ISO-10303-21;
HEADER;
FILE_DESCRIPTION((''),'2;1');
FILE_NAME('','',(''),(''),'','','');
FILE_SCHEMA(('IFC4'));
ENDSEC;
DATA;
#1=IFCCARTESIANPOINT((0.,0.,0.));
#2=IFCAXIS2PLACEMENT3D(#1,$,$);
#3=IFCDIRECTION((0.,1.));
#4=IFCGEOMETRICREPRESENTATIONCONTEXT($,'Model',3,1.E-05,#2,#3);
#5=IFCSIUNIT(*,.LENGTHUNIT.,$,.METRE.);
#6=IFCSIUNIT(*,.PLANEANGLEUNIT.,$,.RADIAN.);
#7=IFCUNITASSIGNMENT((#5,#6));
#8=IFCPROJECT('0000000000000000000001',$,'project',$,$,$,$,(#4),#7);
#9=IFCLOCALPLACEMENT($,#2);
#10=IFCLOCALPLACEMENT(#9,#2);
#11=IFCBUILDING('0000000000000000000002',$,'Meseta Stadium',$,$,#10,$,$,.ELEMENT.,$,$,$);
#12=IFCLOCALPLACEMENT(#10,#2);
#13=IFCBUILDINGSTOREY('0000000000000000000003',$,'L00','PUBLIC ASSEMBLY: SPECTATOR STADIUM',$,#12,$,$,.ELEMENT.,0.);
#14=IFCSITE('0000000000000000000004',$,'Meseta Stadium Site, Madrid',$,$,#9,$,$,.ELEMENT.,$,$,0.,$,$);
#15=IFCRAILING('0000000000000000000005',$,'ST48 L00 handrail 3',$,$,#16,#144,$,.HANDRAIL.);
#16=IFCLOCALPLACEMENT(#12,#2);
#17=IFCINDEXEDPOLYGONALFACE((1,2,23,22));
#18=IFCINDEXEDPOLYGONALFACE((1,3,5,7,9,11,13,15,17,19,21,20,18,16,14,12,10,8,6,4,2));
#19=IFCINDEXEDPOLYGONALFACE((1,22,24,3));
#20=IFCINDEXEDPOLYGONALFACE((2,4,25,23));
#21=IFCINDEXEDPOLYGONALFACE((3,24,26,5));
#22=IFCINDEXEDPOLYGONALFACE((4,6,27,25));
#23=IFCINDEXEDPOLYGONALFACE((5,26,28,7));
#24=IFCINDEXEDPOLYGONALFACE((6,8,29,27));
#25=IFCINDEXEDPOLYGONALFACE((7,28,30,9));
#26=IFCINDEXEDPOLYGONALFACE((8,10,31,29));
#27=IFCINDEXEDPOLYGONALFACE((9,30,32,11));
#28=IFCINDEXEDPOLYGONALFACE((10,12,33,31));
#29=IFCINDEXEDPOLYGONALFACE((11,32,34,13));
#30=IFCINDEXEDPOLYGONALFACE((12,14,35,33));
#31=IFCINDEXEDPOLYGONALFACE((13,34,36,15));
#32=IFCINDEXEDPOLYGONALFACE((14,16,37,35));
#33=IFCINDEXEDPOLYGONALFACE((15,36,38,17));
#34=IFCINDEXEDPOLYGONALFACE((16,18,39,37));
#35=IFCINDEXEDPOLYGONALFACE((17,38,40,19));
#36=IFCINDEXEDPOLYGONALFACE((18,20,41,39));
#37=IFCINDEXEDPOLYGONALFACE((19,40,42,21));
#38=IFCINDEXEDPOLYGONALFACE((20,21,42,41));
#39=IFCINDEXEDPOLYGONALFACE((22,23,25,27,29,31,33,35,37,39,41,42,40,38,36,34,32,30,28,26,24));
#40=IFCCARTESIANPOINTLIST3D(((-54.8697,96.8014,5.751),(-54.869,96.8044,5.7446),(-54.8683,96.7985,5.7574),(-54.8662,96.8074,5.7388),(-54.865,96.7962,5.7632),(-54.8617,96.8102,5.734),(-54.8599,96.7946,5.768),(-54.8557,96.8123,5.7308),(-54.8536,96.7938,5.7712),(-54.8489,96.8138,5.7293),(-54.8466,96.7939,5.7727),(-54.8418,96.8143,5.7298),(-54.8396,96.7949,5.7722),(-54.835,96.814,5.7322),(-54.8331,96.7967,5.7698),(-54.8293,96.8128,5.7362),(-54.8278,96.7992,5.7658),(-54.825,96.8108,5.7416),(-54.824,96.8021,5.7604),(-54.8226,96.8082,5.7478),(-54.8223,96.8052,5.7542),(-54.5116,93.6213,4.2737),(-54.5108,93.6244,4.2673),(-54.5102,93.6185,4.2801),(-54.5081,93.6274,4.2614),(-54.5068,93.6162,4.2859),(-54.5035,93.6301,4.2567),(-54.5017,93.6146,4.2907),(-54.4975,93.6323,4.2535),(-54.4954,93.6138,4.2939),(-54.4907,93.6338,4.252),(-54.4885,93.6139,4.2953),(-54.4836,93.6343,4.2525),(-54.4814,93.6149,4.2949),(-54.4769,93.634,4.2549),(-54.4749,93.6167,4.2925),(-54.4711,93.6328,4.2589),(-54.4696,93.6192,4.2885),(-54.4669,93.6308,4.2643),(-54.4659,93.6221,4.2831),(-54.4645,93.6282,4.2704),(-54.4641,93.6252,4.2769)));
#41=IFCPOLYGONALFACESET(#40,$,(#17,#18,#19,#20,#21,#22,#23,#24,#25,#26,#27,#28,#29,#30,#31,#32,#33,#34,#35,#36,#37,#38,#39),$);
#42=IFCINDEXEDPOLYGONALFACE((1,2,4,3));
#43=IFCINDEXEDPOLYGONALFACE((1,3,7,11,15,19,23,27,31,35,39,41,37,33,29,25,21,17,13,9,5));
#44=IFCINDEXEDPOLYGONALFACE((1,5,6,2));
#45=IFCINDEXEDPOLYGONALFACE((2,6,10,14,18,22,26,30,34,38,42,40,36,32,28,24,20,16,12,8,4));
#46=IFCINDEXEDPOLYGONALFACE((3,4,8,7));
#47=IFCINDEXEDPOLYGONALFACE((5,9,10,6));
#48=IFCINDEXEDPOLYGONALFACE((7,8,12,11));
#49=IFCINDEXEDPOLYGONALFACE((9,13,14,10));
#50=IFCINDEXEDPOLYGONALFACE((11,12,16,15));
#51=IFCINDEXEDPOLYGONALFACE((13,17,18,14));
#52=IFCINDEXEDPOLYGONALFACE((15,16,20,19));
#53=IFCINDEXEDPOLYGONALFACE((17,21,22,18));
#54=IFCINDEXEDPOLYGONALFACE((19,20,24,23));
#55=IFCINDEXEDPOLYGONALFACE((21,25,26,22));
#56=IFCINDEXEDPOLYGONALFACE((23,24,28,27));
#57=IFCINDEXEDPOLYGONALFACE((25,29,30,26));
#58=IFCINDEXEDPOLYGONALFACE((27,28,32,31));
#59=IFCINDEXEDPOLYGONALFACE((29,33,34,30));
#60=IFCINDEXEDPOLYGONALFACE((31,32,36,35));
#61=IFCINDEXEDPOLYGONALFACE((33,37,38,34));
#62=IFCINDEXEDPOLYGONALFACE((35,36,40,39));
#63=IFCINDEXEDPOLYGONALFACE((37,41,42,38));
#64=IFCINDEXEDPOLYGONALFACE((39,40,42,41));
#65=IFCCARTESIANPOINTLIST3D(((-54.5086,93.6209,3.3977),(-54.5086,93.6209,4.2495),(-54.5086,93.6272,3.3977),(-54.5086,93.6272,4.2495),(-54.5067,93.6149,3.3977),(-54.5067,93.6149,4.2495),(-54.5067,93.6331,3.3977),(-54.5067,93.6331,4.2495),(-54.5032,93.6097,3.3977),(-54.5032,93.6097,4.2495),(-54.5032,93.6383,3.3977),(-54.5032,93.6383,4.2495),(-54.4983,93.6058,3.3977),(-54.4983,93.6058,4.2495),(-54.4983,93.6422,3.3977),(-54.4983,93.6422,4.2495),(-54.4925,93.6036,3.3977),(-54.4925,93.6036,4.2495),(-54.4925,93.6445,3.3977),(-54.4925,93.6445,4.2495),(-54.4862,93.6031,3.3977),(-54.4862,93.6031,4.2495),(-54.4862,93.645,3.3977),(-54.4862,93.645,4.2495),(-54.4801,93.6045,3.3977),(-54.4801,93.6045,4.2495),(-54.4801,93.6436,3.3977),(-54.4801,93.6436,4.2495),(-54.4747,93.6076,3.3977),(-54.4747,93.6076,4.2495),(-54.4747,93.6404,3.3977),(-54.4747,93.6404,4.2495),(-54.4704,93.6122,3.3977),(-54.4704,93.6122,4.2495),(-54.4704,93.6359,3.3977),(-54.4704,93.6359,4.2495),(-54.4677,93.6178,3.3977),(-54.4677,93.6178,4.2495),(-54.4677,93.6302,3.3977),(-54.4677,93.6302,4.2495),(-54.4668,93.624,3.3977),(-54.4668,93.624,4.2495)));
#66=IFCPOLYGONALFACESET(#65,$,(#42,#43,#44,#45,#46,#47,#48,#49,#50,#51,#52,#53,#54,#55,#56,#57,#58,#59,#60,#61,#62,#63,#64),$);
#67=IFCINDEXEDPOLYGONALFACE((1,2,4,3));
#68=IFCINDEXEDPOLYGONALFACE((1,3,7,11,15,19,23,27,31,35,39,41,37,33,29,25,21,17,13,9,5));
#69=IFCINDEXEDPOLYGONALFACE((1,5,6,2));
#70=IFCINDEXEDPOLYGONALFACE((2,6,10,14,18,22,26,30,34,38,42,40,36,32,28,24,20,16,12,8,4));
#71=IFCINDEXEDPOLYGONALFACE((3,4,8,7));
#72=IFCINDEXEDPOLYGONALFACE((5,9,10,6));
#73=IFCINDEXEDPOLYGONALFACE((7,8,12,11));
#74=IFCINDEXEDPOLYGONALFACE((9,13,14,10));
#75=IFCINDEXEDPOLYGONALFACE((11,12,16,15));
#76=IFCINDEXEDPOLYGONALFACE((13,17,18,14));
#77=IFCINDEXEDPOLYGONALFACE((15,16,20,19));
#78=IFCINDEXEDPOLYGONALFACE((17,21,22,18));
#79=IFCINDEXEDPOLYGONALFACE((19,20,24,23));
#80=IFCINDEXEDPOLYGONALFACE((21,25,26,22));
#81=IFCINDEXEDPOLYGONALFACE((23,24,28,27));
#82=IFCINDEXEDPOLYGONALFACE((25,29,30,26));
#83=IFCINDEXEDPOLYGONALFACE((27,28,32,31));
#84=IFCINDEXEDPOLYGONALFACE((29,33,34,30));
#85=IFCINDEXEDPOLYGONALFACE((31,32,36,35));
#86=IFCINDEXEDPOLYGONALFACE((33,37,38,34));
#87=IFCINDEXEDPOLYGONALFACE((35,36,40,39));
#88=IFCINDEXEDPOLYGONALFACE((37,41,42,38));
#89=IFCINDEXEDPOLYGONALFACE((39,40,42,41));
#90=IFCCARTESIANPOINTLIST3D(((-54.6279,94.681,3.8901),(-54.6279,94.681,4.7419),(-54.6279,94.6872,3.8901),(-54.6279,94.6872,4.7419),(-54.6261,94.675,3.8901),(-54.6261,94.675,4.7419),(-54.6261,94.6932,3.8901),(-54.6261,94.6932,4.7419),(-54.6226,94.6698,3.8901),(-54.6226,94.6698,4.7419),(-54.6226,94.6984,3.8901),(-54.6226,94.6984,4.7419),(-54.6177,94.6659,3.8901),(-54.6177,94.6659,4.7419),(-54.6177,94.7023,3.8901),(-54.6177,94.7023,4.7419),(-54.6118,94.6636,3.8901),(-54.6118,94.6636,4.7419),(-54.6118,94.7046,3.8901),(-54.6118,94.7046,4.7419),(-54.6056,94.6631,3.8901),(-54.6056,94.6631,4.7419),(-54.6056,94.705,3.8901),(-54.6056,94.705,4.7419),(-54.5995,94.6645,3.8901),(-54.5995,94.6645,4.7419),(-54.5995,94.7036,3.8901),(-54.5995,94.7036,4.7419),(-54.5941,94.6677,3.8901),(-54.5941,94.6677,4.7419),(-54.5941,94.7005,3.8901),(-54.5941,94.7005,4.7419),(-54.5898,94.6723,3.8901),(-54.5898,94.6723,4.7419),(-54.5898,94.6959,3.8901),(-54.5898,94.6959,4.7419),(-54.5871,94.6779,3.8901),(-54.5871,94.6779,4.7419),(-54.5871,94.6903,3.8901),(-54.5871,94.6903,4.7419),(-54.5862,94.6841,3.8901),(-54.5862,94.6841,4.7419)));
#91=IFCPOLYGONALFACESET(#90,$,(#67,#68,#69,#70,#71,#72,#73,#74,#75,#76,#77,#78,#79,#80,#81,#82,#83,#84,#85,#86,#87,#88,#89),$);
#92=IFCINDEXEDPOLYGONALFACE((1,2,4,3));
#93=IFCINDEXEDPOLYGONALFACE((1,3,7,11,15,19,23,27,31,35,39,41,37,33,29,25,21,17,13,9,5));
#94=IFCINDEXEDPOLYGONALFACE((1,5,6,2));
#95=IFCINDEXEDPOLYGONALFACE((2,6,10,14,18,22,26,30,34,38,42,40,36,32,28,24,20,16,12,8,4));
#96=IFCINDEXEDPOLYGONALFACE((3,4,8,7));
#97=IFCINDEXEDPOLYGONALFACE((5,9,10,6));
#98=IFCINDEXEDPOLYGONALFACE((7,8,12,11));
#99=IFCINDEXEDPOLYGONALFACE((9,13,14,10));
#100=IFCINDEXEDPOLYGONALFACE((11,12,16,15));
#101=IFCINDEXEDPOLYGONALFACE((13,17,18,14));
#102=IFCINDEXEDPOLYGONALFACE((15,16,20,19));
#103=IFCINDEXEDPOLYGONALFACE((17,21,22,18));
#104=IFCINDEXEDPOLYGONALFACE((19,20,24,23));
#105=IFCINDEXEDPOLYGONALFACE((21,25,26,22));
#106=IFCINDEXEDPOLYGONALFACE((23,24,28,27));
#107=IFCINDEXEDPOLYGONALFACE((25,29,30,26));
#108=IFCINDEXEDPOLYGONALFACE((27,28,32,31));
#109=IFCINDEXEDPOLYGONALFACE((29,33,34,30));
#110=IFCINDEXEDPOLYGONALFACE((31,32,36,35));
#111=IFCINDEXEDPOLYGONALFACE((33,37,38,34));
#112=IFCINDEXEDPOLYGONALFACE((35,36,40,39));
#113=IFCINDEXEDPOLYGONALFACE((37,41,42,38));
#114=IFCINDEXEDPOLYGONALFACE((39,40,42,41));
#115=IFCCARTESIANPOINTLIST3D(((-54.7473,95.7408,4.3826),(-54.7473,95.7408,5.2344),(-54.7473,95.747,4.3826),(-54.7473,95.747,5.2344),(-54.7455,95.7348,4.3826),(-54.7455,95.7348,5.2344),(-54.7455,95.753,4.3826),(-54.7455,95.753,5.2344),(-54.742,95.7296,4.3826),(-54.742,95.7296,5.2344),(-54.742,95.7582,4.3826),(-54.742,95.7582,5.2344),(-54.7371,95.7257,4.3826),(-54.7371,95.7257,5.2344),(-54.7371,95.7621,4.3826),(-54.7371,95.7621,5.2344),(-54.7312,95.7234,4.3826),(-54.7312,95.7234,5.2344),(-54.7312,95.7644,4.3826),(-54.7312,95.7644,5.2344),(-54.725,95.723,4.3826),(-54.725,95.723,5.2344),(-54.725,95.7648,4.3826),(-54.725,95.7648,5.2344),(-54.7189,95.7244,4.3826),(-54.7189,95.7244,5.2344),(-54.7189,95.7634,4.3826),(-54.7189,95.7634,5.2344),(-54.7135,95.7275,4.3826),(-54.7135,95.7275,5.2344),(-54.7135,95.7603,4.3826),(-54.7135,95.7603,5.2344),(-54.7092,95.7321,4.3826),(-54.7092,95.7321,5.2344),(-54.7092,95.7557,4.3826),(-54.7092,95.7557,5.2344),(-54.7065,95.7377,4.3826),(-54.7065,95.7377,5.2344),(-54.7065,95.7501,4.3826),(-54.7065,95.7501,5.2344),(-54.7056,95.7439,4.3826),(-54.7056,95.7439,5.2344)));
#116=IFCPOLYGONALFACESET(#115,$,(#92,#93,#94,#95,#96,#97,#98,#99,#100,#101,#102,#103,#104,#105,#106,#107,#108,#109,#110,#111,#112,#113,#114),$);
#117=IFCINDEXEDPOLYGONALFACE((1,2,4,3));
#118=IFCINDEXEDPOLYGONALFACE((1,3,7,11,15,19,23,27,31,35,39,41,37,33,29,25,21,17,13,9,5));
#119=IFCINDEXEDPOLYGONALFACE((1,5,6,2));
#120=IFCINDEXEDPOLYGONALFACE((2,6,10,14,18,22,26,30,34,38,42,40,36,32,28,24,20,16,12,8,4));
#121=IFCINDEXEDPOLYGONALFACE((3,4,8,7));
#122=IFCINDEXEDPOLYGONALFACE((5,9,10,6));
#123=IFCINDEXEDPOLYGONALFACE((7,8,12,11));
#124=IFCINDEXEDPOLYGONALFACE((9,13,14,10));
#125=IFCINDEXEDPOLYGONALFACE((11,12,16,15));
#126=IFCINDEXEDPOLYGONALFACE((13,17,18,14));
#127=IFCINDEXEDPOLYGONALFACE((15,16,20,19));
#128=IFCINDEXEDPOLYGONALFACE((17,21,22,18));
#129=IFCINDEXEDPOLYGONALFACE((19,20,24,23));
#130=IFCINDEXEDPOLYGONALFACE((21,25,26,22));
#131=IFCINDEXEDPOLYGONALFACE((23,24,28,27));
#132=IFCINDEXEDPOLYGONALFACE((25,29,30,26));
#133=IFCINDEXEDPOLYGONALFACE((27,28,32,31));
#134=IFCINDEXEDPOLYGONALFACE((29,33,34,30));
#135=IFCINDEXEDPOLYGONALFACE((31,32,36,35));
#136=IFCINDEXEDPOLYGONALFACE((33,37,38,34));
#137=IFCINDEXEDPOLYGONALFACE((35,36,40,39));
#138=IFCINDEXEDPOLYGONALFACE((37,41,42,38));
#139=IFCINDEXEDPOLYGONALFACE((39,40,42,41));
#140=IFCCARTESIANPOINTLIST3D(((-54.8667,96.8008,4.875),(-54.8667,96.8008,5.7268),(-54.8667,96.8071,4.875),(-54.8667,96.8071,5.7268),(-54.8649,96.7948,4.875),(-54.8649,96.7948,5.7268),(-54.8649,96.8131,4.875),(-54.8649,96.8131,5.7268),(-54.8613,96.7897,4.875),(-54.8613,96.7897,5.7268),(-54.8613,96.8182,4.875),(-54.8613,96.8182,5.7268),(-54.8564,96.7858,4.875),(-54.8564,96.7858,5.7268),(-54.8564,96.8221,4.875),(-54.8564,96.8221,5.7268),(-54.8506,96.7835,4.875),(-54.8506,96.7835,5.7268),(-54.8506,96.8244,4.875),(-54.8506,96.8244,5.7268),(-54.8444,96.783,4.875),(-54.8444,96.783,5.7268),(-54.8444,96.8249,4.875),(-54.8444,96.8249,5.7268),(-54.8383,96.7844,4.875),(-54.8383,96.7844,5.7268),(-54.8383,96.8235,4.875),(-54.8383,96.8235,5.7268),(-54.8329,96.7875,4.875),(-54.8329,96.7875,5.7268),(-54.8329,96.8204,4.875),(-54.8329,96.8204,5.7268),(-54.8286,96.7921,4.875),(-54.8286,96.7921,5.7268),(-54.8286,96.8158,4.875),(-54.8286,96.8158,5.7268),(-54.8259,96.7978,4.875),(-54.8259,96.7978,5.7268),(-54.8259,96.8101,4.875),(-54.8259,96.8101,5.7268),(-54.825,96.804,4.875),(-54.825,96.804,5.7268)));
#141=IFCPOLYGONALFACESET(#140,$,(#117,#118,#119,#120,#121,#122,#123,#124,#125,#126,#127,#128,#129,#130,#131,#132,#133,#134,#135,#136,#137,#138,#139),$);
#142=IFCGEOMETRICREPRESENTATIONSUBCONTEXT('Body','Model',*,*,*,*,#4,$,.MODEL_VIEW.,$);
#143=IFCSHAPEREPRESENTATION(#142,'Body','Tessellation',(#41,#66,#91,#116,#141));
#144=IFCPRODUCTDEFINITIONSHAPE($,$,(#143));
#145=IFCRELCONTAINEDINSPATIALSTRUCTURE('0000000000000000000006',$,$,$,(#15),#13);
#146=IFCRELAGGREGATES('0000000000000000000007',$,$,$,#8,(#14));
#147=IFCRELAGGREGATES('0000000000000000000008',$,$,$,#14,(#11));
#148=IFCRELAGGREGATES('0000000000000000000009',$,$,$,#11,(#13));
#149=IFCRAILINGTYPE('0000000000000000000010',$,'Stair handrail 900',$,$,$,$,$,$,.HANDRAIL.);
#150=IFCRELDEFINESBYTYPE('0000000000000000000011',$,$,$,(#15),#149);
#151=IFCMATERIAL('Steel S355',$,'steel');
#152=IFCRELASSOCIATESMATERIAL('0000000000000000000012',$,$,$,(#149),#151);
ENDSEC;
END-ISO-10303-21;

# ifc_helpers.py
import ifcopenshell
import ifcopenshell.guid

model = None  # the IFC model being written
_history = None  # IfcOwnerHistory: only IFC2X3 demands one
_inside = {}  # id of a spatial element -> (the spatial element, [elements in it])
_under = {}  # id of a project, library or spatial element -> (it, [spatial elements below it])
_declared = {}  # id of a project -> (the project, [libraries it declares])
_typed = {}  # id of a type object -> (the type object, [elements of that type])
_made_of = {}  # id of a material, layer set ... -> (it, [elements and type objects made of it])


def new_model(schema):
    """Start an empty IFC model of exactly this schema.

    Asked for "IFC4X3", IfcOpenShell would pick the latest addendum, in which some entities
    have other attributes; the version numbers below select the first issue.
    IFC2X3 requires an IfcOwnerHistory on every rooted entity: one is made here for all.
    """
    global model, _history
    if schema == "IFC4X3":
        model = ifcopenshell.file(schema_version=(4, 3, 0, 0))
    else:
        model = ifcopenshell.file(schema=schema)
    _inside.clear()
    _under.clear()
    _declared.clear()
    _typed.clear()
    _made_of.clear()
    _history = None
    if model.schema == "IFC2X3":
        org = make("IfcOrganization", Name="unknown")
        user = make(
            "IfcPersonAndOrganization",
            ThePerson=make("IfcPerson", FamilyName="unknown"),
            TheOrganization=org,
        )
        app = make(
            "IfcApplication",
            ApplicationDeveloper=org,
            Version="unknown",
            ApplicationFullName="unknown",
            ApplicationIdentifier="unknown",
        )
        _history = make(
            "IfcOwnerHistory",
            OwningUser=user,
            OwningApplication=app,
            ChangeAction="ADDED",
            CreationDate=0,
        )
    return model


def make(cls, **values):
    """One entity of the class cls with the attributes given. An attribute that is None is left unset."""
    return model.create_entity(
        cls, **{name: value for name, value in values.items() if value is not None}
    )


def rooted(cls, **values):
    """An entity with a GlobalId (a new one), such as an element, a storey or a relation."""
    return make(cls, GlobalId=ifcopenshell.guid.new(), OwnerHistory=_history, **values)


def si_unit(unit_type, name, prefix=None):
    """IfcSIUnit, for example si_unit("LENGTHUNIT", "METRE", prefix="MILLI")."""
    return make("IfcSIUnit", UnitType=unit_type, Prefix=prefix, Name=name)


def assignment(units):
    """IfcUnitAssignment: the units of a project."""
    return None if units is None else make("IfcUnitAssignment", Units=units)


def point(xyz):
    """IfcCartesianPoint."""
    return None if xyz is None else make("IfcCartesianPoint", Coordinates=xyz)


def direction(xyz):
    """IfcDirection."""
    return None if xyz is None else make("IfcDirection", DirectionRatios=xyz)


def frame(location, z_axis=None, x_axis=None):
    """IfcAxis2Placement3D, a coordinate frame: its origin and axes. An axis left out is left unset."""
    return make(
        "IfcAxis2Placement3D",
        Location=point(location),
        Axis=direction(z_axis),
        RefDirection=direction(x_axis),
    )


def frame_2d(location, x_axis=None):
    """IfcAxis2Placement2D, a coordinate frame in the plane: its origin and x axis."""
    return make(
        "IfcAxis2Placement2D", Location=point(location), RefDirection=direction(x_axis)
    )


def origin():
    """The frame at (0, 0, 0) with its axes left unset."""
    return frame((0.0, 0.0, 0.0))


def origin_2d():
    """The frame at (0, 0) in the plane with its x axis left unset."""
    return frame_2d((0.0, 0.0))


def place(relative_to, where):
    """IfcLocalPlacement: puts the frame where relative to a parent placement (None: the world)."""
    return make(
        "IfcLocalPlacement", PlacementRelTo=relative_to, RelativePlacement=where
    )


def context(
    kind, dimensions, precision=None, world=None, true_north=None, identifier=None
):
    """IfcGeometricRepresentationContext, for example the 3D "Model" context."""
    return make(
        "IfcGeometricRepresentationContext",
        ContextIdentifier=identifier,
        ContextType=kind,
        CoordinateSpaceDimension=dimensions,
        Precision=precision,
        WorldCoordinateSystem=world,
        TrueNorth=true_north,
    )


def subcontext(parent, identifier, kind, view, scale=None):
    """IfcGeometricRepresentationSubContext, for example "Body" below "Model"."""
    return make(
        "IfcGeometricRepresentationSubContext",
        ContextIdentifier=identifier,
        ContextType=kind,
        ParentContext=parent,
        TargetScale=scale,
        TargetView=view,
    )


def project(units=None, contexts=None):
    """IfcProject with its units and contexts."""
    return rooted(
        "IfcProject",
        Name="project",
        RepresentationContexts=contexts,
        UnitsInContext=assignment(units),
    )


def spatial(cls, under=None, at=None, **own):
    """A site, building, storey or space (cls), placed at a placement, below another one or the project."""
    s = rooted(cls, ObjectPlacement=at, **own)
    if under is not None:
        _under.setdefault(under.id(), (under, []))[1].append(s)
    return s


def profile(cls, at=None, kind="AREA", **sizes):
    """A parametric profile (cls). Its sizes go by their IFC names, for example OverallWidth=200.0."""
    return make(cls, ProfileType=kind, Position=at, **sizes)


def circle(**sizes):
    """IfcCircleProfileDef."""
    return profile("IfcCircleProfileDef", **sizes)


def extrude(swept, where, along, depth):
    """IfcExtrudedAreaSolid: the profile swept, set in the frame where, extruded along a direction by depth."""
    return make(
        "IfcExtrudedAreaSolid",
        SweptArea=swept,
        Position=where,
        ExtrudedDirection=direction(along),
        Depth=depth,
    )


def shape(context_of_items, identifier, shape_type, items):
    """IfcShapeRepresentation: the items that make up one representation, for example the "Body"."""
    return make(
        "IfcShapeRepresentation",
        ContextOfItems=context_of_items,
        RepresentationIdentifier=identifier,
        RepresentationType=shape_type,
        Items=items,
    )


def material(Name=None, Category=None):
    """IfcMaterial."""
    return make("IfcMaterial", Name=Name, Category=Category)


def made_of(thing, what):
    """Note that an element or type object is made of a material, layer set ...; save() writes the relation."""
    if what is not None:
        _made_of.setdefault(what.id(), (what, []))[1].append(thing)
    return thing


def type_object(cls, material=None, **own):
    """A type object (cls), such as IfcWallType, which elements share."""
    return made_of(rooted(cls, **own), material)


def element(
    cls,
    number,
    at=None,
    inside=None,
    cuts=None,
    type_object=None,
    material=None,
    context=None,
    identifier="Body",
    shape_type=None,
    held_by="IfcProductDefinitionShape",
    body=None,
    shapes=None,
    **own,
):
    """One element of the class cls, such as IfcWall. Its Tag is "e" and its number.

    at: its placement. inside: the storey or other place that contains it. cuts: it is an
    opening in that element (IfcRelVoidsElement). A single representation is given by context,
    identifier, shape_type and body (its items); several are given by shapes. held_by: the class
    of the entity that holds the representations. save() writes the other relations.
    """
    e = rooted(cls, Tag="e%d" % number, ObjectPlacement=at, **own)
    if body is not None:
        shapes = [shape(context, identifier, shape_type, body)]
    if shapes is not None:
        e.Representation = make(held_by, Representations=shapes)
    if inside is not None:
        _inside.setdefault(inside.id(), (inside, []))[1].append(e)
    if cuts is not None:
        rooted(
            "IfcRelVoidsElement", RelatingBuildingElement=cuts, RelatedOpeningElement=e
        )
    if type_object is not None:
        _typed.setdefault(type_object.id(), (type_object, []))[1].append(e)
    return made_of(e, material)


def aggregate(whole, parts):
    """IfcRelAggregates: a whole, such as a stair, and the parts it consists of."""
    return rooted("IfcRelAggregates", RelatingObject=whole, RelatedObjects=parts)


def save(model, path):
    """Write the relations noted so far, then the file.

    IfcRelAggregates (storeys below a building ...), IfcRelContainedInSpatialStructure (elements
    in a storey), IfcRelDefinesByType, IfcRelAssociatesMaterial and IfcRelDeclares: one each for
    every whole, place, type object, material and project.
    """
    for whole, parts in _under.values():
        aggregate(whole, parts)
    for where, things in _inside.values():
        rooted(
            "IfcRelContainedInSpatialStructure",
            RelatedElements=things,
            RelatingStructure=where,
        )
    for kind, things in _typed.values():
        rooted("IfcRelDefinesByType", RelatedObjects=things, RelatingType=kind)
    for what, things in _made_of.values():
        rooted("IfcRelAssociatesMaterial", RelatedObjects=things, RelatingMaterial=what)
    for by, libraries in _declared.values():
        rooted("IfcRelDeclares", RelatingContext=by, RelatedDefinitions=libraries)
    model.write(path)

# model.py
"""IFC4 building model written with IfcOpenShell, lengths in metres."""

from ifc_helpers import new_model, si_unit, direction, frame, origin, origin_2d, place, context, subcontext, project, spatial, circle, extrude, material, type_object, element, save


model = new_model("IFC4")

# Units and contexts
model_context = context("Model", 3, precision=1e-05, world=origin(), true_north=direction((0.0, 1.0)))
body_context = subcontext(model_context, "Body", "Model", "MODEL_VIEW")
ifc_project = project(units=[si_unit("LENGTHUNIT", "METRE"), si_unit("PLANEANGLEUNIT", "RADIAN")], contexts=[model_context])

# Site, building, storey
site_placement = place(None, origin())
site = spatial("IfcSite", under=ifc_project, at=site_placement, Name="Meseta Stadium Site, Madrid", CompositionType="ELEMENT", RefElevation=0.0)
building_placement = place(site_placement, origin())
building = spatial("IfcBuilding", under=site, at=building_placement, Name="Meseta Stadium", CompositionType="ELEMENT")
storey_placement = place(building_placement, origin())
storey = spatial("IfcBuildingStorey", under=building, at=storey_placement, Name="L00", Description="PUBLIC ASSEMBLY: SPECTATOR STADIUM", CompositionType="ELEMENT", Elevation=0.0)

# Railing
ifc_material_1 = material(Name="Steel S355", Category="steel")
railing_type_1 = type_object("IfcRailingType", Name="Stair handrail 900", PredefinedType="HANDRAIL", material=ifc_material_1)
railing_1_placement = place(storey_placement, frame((-54.4878, 93.624, 3.3977)))
element("IfcRailing", 1, at=railing_1_placement, inside=storey, type_object=railing_type_1, Name="ST48 L00 handrail 3", PredefinedType="HANDRAIL", context=body_context, shape_type="SweptSolid", body=[
    extrude(circle(Radius=0.0239, at=origin_2d()), frame((0.0, 0.0, 0.876), z_axis=(-0.101616, 0.902217, 0.419141), x_axis=(-0.993717, -0.111922, 0.0)), (0.0, 0.0, 1.0), 3.5247),
    extrude(circle(Radius=0.021, at=origin_2d()), origin(), (0.0, 0.0, 1.0), 0.8518),
    extrude(circle(Radius=0.021, at=origin_2d()), frame((-0.1194, 1.0601, 0.4924)), (0.0, 0.0, 1.0), 0.8518),
    extrude(circle(Radius=0.021, at=origin_2d()), frame((-0.2388, 2.1199, 0.9849)), (0.0, 0.0, 1.0), 0.8518),
    extrude(circle(Radius=0.021, at=origin_2d()), frame((-0.3582, 3.1799, 1.4773)), (0.0, 0.0, 1.0), 0.8518),
])

save(model, "model.ifc")
